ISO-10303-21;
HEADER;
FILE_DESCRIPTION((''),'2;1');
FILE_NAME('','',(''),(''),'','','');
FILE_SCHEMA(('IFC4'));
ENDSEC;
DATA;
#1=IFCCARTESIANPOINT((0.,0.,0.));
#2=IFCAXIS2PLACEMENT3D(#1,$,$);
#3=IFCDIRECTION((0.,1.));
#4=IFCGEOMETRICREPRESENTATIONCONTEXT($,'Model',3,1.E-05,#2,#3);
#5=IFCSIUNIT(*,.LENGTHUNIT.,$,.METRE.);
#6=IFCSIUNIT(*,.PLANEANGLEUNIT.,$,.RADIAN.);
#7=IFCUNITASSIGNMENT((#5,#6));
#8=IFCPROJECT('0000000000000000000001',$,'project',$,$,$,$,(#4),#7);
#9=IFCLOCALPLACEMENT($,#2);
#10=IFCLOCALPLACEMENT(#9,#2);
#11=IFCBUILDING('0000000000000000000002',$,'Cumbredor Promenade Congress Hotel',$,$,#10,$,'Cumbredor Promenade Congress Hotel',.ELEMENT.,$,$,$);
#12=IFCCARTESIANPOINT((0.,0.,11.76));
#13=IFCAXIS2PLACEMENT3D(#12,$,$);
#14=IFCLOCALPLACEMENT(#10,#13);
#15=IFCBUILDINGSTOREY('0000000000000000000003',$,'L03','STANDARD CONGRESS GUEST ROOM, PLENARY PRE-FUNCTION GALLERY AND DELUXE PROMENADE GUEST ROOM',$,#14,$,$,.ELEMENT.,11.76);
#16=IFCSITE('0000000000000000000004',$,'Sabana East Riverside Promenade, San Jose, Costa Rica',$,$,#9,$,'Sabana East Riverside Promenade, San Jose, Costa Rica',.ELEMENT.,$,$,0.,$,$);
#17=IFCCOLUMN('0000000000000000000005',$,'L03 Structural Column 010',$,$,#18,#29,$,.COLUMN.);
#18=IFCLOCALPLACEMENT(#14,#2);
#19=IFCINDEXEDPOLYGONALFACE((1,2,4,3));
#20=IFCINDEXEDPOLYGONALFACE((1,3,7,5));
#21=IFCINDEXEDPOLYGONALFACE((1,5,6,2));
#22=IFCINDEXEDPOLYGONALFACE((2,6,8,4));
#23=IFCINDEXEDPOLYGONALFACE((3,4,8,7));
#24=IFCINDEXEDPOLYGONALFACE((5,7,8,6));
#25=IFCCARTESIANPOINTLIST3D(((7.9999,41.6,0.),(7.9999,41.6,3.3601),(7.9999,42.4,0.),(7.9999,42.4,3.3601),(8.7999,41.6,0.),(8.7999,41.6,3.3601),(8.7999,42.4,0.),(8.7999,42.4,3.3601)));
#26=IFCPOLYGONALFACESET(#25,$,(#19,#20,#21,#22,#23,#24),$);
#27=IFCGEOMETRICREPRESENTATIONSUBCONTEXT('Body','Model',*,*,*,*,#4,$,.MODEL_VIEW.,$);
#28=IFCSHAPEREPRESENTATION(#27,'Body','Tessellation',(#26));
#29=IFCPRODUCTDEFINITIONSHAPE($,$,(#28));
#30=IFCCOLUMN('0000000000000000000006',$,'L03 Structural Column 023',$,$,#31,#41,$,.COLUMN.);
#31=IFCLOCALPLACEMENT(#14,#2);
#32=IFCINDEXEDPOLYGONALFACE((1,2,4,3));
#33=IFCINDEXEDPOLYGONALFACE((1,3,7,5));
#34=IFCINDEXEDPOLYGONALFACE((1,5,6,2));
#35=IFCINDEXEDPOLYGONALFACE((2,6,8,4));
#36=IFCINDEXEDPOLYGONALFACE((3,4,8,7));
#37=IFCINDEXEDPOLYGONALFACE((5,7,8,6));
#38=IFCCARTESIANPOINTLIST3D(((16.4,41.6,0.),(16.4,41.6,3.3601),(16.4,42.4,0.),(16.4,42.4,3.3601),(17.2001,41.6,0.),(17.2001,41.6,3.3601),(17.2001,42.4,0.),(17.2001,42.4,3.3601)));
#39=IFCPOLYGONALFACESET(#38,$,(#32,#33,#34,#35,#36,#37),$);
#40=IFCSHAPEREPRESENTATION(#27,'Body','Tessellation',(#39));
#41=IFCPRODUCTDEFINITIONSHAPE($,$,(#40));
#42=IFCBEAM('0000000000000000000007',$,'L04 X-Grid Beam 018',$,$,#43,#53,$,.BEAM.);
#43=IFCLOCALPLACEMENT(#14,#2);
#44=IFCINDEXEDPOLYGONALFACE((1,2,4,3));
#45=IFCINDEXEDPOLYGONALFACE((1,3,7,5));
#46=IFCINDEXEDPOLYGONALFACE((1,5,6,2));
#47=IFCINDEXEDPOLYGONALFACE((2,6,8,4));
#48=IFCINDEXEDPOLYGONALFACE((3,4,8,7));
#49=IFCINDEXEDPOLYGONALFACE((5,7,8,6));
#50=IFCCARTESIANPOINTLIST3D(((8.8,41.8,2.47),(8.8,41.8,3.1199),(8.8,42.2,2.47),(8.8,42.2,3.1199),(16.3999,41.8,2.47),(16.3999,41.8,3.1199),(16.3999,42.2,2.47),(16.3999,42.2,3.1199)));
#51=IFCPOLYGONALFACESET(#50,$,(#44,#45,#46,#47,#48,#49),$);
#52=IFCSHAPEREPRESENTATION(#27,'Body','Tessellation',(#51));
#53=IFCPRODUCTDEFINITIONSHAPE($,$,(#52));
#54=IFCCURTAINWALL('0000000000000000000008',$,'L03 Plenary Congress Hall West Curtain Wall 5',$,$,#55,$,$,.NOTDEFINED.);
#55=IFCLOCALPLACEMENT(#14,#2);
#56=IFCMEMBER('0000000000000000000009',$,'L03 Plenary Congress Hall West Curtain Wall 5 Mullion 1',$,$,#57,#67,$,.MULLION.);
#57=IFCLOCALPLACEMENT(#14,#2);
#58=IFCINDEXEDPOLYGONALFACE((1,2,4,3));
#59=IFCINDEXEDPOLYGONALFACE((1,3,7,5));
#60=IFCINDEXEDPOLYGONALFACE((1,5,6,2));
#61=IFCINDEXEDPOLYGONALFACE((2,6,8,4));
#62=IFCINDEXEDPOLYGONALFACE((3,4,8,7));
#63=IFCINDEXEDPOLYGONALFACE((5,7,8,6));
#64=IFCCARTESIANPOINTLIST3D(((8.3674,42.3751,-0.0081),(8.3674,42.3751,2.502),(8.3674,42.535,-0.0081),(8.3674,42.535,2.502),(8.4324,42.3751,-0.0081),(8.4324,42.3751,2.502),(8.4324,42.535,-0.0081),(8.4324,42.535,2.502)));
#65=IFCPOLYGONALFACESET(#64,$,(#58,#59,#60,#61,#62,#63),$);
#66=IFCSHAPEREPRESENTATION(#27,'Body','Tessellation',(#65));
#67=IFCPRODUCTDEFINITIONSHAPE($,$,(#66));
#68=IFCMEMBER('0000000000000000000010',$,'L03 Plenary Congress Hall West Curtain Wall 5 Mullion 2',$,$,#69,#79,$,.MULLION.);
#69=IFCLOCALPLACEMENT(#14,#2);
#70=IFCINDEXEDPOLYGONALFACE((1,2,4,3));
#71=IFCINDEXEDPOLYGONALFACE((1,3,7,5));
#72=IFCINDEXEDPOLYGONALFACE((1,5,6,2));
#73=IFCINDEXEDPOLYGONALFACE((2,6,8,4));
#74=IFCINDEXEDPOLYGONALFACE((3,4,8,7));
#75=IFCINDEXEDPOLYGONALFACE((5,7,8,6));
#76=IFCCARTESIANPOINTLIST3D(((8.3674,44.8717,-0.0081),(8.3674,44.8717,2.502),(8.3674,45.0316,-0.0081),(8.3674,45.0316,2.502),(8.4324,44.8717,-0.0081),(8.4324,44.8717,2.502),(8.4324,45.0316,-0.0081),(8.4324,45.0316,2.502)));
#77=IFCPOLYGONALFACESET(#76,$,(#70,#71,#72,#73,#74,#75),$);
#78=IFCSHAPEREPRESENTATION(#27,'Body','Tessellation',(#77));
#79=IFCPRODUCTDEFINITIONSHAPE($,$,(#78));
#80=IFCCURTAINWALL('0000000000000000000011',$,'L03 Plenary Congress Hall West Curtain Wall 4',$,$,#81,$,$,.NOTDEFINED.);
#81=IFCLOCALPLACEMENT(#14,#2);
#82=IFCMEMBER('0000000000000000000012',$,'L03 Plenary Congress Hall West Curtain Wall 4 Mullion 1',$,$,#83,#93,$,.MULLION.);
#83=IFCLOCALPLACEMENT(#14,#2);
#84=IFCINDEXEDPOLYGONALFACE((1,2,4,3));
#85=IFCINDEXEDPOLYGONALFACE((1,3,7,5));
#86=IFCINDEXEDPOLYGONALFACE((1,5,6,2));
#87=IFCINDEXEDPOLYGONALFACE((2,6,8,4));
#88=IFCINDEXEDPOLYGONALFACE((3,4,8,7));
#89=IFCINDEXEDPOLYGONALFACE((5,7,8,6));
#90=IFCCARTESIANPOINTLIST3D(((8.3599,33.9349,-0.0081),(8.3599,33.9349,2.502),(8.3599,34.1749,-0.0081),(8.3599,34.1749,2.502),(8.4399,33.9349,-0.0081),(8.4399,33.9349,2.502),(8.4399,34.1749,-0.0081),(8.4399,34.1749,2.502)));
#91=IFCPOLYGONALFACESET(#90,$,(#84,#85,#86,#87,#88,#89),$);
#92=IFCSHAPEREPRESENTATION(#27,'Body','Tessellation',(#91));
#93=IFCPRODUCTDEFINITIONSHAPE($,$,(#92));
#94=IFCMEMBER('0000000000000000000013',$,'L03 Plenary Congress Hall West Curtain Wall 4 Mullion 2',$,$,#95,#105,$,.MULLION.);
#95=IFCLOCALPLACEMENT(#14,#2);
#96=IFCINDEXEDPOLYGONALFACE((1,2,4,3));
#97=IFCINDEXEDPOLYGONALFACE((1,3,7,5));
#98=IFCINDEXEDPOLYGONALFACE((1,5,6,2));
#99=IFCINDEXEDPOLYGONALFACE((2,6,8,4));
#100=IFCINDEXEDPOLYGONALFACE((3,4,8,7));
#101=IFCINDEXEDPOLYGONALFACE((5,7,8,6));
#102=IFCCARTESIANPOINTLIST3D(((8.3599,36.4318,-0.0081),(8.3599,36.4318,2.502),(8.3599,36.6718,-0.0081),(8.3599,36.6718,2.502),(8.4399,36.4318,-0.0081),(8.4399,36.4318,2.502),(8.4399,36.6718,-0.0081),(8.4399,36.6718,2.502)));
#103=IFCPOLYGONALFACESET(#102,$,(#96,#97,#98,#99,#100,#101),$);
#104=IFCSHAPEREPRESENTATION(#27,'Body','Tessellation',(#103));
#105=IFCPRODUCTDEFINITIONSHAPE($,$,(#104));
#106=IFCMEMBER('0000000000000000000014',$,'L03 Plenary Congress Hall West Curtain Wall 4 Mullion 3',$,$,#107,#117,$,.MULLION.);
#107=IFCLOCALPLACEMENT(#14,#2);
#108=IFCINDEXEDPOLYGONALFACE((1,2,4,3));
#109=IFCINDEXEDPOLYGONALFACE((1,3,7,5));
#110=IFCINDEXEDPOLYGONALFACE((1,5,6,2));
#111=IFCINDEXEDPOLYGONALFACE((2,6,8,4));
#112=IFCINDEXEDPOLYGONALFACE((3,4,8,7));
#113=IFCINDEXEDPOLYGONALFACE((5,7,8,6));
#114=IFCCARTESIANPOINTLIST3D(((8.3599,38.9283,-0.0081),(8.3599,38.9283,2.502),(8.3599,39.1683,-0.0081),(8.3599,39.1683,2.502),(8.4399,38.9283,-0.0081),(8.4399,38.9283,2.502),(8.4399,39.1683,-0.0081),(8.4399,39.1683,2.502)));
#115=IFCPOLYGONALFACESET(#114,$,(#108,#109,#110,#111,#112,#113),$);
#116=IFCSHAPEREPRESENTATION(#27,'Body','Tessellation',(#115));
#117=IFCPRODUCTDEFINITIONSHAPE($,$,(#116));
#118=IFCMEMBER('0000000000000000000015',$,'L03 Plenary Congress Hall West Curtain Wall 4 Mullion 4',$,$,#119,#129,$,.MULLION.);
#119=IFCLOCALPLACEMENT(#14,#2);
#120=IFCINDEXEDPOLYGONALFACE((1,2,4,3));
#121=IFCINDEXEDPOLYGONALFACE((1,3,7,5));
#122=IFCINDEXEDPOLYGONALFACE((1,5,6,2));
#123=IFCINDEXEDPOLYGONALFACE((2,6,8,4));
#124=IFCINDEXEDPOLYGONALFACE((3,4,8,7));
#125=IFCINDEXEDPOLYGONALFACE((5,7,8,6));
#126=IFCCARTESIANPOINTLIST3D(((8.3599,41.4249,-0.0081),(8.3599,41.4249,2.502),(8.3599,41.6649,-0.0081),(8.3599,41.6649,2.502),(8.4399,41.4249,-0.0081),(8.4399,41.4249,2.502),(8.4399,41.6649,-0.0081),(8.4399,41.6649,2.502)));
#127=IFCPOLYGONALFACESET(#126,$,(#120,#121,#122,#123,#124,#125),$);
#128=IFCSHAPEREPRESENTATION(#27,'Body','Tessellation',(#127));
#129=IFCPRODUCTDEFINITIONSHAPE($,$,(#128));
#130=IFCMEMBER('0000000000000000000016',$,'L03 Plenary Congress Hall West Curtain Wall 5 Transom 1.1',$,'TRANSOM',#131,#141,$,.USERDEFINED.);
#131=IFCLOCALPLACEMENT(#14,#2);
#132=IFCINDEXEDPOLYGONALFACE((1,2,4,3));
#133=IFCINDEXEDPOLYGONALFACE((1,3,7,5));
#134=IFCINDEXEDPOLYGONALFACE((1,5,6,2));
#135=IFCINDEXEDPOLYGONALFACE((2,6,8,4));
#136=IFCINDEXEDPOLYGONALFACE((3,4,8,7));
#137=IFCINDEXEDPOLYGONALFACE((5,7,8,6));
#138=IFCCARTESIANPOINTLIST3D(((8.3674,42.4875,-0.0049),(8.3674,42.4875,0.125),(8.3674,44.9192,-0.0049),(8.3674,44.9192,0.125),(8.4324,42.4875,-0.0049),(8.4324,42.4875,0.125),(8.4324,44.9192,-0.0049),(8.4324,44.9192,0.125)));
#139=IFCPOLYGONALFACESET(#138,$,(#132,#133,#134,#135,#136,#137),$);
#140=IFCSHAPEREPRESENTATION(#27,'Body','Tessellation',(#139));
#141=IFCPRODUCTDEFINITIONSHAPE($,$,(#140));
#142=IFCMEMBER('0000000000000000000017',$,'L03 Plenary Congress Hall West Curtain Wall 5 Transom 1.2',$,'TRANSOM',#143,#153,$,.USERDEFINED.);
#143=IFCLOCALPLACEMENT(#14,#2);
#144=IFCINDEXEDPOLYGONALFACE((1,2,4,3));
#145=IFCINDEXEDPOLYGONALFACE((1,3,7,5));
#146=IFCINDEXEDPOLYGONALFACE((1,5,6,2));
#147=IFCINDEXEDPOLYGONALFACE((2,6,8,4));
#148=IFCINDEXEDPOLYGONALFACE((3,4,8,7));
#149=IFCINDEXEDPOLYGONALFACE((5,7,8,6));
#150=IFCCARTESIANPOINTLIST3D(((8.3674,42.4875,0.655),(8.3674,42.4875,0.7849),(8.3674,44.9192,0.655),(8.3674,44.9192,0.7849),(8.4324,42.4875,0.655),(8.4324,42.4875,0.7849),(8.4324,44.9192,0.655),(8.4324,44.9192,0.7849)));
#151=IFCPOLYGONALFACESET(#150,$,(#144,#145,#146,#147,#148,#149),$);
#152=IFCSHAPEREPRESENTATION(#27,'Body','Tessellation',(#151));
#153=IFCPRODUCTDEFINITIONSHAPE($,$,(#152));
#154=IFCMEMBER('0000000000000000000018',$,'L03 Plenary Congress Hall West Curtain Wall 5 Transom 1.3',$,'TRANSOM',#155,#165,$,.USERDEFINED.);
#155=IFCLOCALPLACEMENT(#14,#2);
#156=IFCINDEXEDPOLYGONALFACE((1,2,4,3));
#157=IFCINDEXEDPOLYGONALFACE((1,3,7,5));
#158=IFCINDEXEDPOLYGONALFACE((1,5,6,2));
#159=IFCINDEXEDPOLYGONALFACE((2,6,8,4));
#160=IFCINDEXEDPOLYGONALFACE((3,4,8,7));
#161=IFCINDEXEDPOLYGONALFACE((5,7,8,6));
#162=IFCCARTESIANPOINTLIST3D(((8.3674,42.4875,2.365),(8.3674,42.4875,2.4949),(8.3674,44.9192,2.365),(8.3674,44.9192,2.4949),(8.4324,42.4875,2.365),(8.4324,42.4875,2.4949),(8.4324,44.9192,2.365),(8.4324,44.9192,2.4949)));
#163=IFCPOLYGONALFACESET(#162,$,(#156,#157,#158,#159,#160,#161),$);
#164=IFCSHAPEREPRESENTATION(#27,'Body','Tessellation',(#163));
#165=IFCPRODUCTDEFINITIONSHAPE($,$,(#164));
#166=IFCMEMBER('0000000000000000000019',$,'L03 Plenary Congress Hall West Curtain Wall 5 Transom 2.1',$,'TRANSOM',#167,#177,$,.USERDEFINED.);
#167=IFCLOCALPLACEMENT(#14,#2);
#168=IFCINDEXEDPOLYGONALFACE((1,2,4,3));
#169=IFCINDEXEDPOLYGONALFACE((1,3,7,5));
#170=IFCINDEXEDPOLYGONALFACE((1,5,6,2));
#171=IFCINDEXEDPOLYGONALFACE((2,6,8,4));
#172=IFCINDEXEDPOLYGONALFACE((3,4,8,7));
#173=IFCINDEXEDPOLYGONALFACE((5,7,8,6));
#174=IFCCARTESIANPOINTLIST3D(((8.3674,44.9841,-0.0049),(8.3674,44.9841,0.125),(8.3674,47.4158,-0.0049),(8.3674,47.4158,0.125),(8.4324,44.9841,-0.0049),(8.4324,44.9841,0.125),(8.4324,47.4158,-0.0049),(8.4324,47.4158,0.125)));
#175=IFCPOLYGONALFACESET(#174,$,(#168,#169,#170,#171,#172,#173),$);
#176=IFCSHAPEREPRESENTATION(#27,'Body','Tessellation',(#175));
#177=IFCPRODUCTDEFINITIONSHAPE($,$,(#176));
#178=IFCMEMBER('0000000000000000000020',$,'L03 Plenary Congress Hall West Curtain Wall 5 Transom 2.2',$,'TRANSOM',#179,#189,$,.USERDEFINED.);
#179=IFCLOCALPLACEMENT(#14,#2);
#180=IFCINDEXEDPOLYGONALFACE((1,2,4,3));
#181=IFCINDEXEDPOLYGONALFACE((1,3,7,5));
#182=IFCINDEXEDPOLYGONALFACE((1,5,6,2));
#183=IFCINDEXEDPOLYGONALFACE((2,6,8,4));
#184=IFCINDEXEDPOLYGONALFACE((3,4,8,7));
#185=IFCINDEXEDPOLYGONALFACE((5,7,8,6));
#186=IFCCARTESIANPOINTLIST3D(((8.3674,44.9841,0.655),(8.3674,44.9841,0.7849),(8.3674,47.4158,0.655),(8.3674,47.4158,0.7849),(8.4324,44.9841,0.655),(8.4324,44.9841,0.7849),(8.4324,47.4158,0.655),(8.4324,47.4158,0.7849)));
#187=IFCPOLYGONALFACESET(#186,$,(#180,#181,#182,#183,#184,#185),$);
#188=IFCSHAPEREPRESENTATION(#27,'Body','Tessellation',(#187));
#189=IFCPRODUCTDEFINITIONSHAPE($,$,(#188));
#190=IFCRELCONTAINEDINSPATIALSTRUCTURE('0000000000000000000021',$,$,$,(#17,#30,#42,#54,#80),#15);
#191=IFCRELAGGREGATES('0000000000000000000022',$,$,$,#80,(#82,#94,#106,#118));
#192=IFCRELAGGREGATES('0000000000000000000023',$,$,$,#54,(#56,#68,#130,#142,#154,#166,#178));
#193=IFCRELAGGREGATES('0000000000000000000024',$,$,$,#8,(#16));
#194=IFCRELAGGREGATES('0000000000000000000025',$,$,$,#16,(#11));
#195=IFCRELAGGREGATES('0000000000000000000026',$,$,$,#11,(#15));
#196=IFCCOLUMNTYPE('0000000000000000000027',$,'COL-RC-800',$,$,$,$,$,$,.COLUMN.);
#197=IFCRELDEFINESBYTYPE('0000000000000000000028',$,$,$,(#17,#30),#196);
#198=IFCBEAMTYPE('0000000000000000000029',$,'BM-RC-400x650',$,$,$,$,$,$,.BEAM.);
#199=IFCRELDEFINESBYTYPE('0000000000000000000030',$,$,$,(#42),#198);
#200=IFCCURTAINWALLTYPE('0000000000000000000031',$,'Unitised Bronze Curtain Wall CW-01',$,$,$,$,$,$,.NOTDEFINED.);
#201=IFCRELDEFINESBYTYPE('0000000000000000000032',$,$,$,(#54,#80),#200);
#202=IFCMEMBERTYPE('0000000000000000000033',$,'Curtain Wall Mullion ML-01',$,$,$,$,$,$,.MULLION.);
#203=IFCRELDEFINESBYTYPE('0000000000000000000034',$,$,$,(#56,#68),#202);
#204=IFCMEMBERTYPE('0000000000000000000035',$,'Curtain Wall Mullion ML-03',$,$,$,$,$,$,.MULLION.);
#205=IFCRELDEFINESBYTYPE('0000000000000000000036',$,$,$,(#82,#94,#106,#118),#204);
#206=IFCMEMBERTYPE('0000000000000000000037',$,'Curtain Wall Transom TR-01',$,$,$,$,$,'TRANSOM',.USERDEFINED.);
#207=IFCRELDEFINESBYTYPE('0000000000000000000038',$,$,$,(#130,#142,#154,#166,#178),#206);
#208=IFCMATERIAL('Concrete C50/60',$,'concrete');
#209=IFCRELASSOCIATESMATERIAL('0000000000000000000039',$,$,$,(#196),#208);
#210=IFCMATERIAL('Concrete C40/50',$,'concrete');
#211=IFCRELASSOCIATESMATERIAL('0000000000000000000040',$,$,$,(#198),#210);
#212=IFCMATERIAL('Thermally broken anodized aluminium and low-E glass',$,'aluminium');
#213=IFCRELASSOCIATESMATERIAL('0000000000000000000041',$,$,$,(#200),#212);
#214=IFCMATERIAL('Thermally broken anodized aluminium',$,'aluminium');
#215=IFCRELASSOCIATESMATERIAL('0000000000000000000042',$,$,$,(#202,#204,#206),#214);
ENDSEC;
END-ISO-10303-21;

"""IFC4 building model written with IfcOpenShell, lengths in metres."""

from ifc_helpers import new_model, si_unit, direction, frame, origin, origin_2d, place, context, subcontext, project, spatial, rectangle, extrude, material, material_profile, profile_set, type_object, element, aggregate, save


model = new_model("IFC4")

# Units and contexts
model_context = context("Model", 3, precision=1e-05, world=origin(), true_north=direction((0.0, 1.0)))
body_context = subcontext(model_context, "Body", "Model", "MODEL_VIEW")
ifc_project = project(units=[si_unit("LENGTHUNIT", "METRE"), si_unit("PLANEANGLEUNIT", "RADIAN")], contexts=[model_context])

# Site, building, storey
site_placement = place(None, origin())
site = spatial("IfcSite", under=ifc_project, at=site_placement, Name="Sabana East Riverside Promenade, San Jose, Costa Rica", LongName="Sabana East Riverside Promenade, San Jose, Costa Rica", CompositionType="ELEMENT", RefElevation=0.0)
building_placement = place(site_placement, origin())
building = spatial("IfcBuilding", under=site, at=building_placement, Name="Cumbredor Promenade Congress Hotel", LongName="Cumbredor Promenade Congress Hotel", CompositionType="ELEMENT")
storey_placement = place(building_placement, frame((0.0, 0.0, 11.76)))
storey = spatial("IfcBuildingStorey", under=building, at=storey_placement, Name="L03", Description="STANDARD CONGRESS GUEST ROOM, PLENARY PRE-FUNCTION GALLERY AND DELUXE PROMENADE GUEST ROOM", CompositionType="ELEMENT", Elevation=11.76)

# Columns
ifc_material_1 = material(Name="Concrete C50/60", Category="concrete")
ifc_material_profile_1 = material_profile(ifc_material_1, rectangle(XDim=0.8, YDim=0.8, at=origin_2d()), Name="RC 800x800")
ifc_profile_set_1 = profile_set([ifc_material_profile_1], Name="Concrete C50/60")
column_type = type_object("IfcColumnType", Name="COL-RC-800", PredefinedType="COLUMN", material=ifc_profile_set_1)
for number, where, z_axis, x_axis, name in (
    (1, (8.3999, 42.0, 0.0), (0.0, 0.0, 1.0), (1.0, 0.0, 0.0), "L03 Structural Column 010"),
    (2, (16.8, 42.0, 0.0), (0.0, 0.0, 1.0), (1.0, 0.0, 0.0), "L03 Structural Column 023"),
):
    element("IfcColumn", number, at=place(storey_placement, frame(where, z_axis=z_axis, x_axis=x_axis)), inside=storey, type_object=column_type, Name=name, PredefinedType="COLUMN", context=body_context, shape_type="SweptSolid", body=[
        extrude(rectangle(XDim=0.8, YDim=0.8, at=origin_2d()), origin(), (0.0, 0.0, 1.0), 3.3601),
    ])

# Beam
ifc_material_2 = material(Name="Concrete C40/50", Category="concrete")
ifc_material_profile_2 = material_profile(ifc_material_2, rectangle(XDim=0.3999, YDim=0.6499, at=origin_2d()), Name="RC BEAM 400x650")
ifc_profile_set_2 = profile_set([ifc_material_profile_2], Name="Concrete C40/50")
beam_type_1 = type_object("IfcBeamType", Name="BM-RC-400x650", PredefinedType="BEAM", material=ifc_profile_set_2)
beam_placement = place(storey_placement, frame((8.8, 42.0, 2.7949), z_axis=(1.0, 0.0, 0.0), x_axis=(0.0, 1.0, 0.0)))
element("IfcBeam", 3, at=beam_placement, inside=storey, type_object=beam_type_1, Name="L04 X-Grid Beam 018", PredefinedType="BEAM", context=body_context, shape_type="SweptSolid", body=[
    extrude(rectangle(XDim=0.3999, YDim=0.6499, at=origin_2d()), origin(), (0.0, 0.0, 1.0), 7.5999),
])

# Curtain walls, members
ifc_material_3 = material(Name="Thermally broken anodized aluminium and low-E glass", Category="aluminium")
curtain_wall_type = type_object("IfcCurtainWallType", Name="Unitised Bronze Curtain Wall CW-01", PredefinedType="NOTDEFINED", material=ifc_material_3)
curtain_wall_1_placement = place(storey_placement, origin())
curtain_wall_1 = element("IfcCurtainWall", 4, at=curtain_wall_1_placement, inside=storey, type_object=curtain_wall_type, Name="L03 Plenary Congress Hall West Curtain Wall 5", PredefinedType="NOTDEFINED")
ifc_material_4 = material(Name="Thermally broken anodized aluminium", Category="aluminium")
ifc_material_profile_3 = material_profile(ifc_material_4, rectangle(XDim=0.0649, YDim=0.1599, at=origin_2d()), Name="ALU MULLION 65x160")
ifc_profile_set_3 = profile_set([ifc_material_profile_3], Name="Thermally broken anodized aluminium")
member_type_1 = type_object("IfcMemberType", Name="Curtain Wall Mullion ML-01", PredefinedType="MULLION", material=ifc_profile_set_3)
member_1_placement = place(storey_placement, frame((8.3999, 42.4551, -0.0081), z_axis=(0.0, 0.0, 1.0), x_axis=(1.0, 0.0, 0.0)))
member_1 = element("IfcMember", 5, at=member_1_placement, type_object=member_type_1, Name="L03 Plenary Congress Hall West Curtain Wall 5 Mullion 1", PredefinedType="MULLION", context=body_context, shape_type="SweptSolid", body=[
    extrude(rectangle(XDim=0.0649, YDim=0.1599, at=origin_2d()), origin(), (0.0, 0.0, 1.0), 2.51),
])
member_2_placement = place(storey_placement, frame((8.3999, 44.9517, -0.0081), z_axis=(0.0, 0.0, 1.0), x_axis=(1.0, 0.0, 0.0)))
member_2 = element("IfcMember", 6, at=member_2_placement, type_object=member_type_1, Name="L03 Plenary Congress Hall West Curtain Wall 5 Mullion 2", PredefinedType="MULLION", context=body_context, shape_type="SweptSolid", body=[
    extrude(rectangle(XDim=0.0649, YDim=0.1599, at=origin_2d()), origin(), (0.0, 0.0, 1.0), 2.51),
])
curtain_wall_2_placement = place(storey_placement, origin())
curtain_wall_2 = element("IfcCurtainWall", 7, at=curtain_wall_2_placement, inside=storey, type_object=curtain_wall_type, Name="L03 Plenary Congress Hall West Curtain Wall 4", PredefinedType="NOTDEFINED")
ifc_material_profile_4 = material_profile(ifc_material_4, rectangle(XDim=0.0801, YDim=0.24, at=origin_2d()), Name="ALU MULLION 80x240")
ifc_profile_set_4 = profile_set([ifc_material_profile_4], Name="Thermally broken anodized aluminium")
member_type_2 = type_object("IfcMemberType", Name="Curtain Wall Mullion ML-03", PredefinedType="MULLION", material=ifc_profile_set_4)
member_3_placement = place(storey_placement, frame((8.3999, 34.0549, -0.0081), z_axis=(0.0, 0.0, 1.0), x_axis=(1.0, 0.0, 0.0)))
member_3 = element("IfcMember", 8, at=member_3_placement, type_object=member_type_2, Name="L03 Plenary Congress Hall West Curtain Wall 4 Mullion 1", PredefinedType="MULLION", context=body_context, shape_type="SweptSolid", body=[
    extrude(rectangle(XDim=0.0801, YDim=0.24, at=origin_2d()), origin(), (0.0, 0.0, 1.0), 2.51),
])
member_4_placement = place(storey_placement, frame((8.3999, 36.5518, -0.0081), z_axis=(0.0, 0.0, 1.0), x_axis=(1.0, 0.0, 0.0)))
member_4 = element("IfcMember", 9, at=member_4_placement, type_object=member_type_2, Name="L03 Plenary Congress Hall West Curtain Wall 4 Mullion 2", PredefinedType="MULLION", context=body_context, shape_type="SweptSolid", body=[
    extrude(rectangle(XDim=0.0801, YDim=0.24, at=origin_2d()), origin(), (0.0, 0.0, 1.0), 2.51),
])
member_5_placement = place(storey_placement, frame((8.3999, 39.0483, -0.0081), z_axis=(0.0, 0.0, 1.0), x_axis=(1.0, 0.0, 0.0)))
member_5 = element("IfcMember", 10, at=member_5_placement, type_object=member_type_2, Name="L03 Plenary Congress Hall West Curtain Wall 4 Mullion 3", PredefinedType="MULLION", context=body_context, shape_type="SweptSolid", body=[
    extrude(rectangle(XDim=0.0801, YDim=0.24, at=origin_2d()), origin(), (0.0, 0.0, 1.0), 2.51),
])
member_6_placement = place(storey_placement, frame((8.3999, 41.5449, -0.0081), z_axis=(0.0, 0.0, 1.0), x_axis=(1.0, 0.0, 0.0)))
member_6 = element("IfcMember", 11, at=member_6_placement, type_object=member_type_2, Name="L03 Plenary Congress Hall West Curtain Wall 4 Mullion 4", PredefinedType="MULLION", context=body_context, shape_type="SweptSolid", body=[
    extrude(rectangle(XDim=0.0801, YDim=0.24, at=origin_2d()), origin(), (0.0, 0.0, 1.0), 2.51),
])

# Members
ifc_material_profile_5 = material_profile(ifc_material_4, rectangle(XDim=0.0649, YDim=0.1299, at=origin_2d()), Name="ALU TRANSOM 65x130")
ifc_profile_set_5 = profile_set([ifc_material_profile_5], Name="Thermally broken anodized aluminium")
member_type_3 = type_object("IfcMemberType", Name="Curtain Wall Transom TR-01", ElementType="TRANSOM", PredefinedType="USERDEFINED", material=ifc_profile_set_5)
member_7_placement = place(storey_placement, frame((8.3999, 42.4875, 0.0601), z_axis=(0.0, 1.0, 0.0), x_axis=(-1.0, 0.0, 0.0)))
member_7 = element("IfcMember", 12, at=member_7_placement, type_object=member_type_3, Name="L03 Plenary Congress Hall West Curtain Wall 5 Transom 1.1", ObjectType="TRANSOM", PredefinedType="USERDEFINED", context=body_context, shape_type="SweptSolid", body=[
    extrude(rectangle(XDim=0.0649, YDim=0.1299, at=origin_2d()), origin(), (0.0, 0.0, 1.0), 2.4316),
])
member_8_placement = place(storey_placement, frame((8.3999, 42.4875, 0.72), z_axis=(0.0, 1.0, 0.0), x_axis=(-1.0, 0.0, 0.0)))
member_8 = element("IfcMember", 13, at=member_8_placement, type_object=member_type_3, Name="L03 Plenary Congress Hall West Curtain Wall 5 Transom 1.2", ObjectType="TRANSOM", PredefinedType="USERDEFINED", context=body_context, shape_type="SweptSolid", body=[
    extrude(rectangle(XDim=0.0649, YDim=0.1299, at=origin_2d()), origin(), (0.0, 0.0, 1.0), 2.4316),
])
member_9_placement = place(storey_placement, frame((8.3999, 42.4875, 2.4299), z_axis=(0.0, 1.0, 0.0), x_axis=(-1.0, 0.0, 0.0)))
member_9 = element("IfcMember", 14, at=member_9_placement, type_object=member_type_3, Name="L03 Plenary Congress Hall West Curtain Wall 5 Transom 1.3", ObjectType="TRANSOM", PredefinedType="USERDEFINED", context=body_context, shape_type="SweptSolid", body=[
    extrude(rectangle(XDim=0.0649, YDim=0.1299, at=origin_2d()), origin(), (0.0, 0.0, 1.0), 2.4316),
])
member_10_placement = place(storey_placement, frame((8.3999, 44.9841, 0.0601), z_axis=(0.0, 1.0, 0.0), x_axis=(-1.0, 0.0, 0.0)))
member_10 = element("IfcMember", 15, at=member_10_placement, type_object=member_type_3, Name="L03 Plenary Congress Hall West Curtain Wall 5 Transom 2.1", ObjectType="TRANSOM", PredefinedType="USERDEFINED", context=body_context, shape_type="SweptSolid", body=[
    extrude(rectangle(XDim=0.0649, YDim=0.1299, at=origin_2d()), origin(), (0.0, 0.0, 1.0), 2.4316),
])
member_11_placement = place(storey_placement, frame((8.3999, 44.9841, 0.72), z_axis=(0.0, 1.0, 0.0), x_axis=(-1.0, 0.0, 0.0)))
member_11 = element("IfcMember", 16, at=member_11_placement, type_object=member_type_3, Name="L03 Plenary Congress Hall West Curtain Wall 5 Transom 2.2", ObjectType="TRANSOM", PredefinedType="USERDEFINED", context=body_context, shape_type="SweptSolid", body=[
    extrude(rectangle(XDim=0.0649, YDim=0.1299, at=origin_2d()), origin(), (0.0, 0.0, 1.0), 2.4316),
])

aggregate(curtain_wall_2, [member_3, member_4, member_5, member_6])
aggregate(curtain_wall_1, [member_1, member_2, member_7, member_8, member_9, member_10, member_11])

save(model, "model.ifc")
